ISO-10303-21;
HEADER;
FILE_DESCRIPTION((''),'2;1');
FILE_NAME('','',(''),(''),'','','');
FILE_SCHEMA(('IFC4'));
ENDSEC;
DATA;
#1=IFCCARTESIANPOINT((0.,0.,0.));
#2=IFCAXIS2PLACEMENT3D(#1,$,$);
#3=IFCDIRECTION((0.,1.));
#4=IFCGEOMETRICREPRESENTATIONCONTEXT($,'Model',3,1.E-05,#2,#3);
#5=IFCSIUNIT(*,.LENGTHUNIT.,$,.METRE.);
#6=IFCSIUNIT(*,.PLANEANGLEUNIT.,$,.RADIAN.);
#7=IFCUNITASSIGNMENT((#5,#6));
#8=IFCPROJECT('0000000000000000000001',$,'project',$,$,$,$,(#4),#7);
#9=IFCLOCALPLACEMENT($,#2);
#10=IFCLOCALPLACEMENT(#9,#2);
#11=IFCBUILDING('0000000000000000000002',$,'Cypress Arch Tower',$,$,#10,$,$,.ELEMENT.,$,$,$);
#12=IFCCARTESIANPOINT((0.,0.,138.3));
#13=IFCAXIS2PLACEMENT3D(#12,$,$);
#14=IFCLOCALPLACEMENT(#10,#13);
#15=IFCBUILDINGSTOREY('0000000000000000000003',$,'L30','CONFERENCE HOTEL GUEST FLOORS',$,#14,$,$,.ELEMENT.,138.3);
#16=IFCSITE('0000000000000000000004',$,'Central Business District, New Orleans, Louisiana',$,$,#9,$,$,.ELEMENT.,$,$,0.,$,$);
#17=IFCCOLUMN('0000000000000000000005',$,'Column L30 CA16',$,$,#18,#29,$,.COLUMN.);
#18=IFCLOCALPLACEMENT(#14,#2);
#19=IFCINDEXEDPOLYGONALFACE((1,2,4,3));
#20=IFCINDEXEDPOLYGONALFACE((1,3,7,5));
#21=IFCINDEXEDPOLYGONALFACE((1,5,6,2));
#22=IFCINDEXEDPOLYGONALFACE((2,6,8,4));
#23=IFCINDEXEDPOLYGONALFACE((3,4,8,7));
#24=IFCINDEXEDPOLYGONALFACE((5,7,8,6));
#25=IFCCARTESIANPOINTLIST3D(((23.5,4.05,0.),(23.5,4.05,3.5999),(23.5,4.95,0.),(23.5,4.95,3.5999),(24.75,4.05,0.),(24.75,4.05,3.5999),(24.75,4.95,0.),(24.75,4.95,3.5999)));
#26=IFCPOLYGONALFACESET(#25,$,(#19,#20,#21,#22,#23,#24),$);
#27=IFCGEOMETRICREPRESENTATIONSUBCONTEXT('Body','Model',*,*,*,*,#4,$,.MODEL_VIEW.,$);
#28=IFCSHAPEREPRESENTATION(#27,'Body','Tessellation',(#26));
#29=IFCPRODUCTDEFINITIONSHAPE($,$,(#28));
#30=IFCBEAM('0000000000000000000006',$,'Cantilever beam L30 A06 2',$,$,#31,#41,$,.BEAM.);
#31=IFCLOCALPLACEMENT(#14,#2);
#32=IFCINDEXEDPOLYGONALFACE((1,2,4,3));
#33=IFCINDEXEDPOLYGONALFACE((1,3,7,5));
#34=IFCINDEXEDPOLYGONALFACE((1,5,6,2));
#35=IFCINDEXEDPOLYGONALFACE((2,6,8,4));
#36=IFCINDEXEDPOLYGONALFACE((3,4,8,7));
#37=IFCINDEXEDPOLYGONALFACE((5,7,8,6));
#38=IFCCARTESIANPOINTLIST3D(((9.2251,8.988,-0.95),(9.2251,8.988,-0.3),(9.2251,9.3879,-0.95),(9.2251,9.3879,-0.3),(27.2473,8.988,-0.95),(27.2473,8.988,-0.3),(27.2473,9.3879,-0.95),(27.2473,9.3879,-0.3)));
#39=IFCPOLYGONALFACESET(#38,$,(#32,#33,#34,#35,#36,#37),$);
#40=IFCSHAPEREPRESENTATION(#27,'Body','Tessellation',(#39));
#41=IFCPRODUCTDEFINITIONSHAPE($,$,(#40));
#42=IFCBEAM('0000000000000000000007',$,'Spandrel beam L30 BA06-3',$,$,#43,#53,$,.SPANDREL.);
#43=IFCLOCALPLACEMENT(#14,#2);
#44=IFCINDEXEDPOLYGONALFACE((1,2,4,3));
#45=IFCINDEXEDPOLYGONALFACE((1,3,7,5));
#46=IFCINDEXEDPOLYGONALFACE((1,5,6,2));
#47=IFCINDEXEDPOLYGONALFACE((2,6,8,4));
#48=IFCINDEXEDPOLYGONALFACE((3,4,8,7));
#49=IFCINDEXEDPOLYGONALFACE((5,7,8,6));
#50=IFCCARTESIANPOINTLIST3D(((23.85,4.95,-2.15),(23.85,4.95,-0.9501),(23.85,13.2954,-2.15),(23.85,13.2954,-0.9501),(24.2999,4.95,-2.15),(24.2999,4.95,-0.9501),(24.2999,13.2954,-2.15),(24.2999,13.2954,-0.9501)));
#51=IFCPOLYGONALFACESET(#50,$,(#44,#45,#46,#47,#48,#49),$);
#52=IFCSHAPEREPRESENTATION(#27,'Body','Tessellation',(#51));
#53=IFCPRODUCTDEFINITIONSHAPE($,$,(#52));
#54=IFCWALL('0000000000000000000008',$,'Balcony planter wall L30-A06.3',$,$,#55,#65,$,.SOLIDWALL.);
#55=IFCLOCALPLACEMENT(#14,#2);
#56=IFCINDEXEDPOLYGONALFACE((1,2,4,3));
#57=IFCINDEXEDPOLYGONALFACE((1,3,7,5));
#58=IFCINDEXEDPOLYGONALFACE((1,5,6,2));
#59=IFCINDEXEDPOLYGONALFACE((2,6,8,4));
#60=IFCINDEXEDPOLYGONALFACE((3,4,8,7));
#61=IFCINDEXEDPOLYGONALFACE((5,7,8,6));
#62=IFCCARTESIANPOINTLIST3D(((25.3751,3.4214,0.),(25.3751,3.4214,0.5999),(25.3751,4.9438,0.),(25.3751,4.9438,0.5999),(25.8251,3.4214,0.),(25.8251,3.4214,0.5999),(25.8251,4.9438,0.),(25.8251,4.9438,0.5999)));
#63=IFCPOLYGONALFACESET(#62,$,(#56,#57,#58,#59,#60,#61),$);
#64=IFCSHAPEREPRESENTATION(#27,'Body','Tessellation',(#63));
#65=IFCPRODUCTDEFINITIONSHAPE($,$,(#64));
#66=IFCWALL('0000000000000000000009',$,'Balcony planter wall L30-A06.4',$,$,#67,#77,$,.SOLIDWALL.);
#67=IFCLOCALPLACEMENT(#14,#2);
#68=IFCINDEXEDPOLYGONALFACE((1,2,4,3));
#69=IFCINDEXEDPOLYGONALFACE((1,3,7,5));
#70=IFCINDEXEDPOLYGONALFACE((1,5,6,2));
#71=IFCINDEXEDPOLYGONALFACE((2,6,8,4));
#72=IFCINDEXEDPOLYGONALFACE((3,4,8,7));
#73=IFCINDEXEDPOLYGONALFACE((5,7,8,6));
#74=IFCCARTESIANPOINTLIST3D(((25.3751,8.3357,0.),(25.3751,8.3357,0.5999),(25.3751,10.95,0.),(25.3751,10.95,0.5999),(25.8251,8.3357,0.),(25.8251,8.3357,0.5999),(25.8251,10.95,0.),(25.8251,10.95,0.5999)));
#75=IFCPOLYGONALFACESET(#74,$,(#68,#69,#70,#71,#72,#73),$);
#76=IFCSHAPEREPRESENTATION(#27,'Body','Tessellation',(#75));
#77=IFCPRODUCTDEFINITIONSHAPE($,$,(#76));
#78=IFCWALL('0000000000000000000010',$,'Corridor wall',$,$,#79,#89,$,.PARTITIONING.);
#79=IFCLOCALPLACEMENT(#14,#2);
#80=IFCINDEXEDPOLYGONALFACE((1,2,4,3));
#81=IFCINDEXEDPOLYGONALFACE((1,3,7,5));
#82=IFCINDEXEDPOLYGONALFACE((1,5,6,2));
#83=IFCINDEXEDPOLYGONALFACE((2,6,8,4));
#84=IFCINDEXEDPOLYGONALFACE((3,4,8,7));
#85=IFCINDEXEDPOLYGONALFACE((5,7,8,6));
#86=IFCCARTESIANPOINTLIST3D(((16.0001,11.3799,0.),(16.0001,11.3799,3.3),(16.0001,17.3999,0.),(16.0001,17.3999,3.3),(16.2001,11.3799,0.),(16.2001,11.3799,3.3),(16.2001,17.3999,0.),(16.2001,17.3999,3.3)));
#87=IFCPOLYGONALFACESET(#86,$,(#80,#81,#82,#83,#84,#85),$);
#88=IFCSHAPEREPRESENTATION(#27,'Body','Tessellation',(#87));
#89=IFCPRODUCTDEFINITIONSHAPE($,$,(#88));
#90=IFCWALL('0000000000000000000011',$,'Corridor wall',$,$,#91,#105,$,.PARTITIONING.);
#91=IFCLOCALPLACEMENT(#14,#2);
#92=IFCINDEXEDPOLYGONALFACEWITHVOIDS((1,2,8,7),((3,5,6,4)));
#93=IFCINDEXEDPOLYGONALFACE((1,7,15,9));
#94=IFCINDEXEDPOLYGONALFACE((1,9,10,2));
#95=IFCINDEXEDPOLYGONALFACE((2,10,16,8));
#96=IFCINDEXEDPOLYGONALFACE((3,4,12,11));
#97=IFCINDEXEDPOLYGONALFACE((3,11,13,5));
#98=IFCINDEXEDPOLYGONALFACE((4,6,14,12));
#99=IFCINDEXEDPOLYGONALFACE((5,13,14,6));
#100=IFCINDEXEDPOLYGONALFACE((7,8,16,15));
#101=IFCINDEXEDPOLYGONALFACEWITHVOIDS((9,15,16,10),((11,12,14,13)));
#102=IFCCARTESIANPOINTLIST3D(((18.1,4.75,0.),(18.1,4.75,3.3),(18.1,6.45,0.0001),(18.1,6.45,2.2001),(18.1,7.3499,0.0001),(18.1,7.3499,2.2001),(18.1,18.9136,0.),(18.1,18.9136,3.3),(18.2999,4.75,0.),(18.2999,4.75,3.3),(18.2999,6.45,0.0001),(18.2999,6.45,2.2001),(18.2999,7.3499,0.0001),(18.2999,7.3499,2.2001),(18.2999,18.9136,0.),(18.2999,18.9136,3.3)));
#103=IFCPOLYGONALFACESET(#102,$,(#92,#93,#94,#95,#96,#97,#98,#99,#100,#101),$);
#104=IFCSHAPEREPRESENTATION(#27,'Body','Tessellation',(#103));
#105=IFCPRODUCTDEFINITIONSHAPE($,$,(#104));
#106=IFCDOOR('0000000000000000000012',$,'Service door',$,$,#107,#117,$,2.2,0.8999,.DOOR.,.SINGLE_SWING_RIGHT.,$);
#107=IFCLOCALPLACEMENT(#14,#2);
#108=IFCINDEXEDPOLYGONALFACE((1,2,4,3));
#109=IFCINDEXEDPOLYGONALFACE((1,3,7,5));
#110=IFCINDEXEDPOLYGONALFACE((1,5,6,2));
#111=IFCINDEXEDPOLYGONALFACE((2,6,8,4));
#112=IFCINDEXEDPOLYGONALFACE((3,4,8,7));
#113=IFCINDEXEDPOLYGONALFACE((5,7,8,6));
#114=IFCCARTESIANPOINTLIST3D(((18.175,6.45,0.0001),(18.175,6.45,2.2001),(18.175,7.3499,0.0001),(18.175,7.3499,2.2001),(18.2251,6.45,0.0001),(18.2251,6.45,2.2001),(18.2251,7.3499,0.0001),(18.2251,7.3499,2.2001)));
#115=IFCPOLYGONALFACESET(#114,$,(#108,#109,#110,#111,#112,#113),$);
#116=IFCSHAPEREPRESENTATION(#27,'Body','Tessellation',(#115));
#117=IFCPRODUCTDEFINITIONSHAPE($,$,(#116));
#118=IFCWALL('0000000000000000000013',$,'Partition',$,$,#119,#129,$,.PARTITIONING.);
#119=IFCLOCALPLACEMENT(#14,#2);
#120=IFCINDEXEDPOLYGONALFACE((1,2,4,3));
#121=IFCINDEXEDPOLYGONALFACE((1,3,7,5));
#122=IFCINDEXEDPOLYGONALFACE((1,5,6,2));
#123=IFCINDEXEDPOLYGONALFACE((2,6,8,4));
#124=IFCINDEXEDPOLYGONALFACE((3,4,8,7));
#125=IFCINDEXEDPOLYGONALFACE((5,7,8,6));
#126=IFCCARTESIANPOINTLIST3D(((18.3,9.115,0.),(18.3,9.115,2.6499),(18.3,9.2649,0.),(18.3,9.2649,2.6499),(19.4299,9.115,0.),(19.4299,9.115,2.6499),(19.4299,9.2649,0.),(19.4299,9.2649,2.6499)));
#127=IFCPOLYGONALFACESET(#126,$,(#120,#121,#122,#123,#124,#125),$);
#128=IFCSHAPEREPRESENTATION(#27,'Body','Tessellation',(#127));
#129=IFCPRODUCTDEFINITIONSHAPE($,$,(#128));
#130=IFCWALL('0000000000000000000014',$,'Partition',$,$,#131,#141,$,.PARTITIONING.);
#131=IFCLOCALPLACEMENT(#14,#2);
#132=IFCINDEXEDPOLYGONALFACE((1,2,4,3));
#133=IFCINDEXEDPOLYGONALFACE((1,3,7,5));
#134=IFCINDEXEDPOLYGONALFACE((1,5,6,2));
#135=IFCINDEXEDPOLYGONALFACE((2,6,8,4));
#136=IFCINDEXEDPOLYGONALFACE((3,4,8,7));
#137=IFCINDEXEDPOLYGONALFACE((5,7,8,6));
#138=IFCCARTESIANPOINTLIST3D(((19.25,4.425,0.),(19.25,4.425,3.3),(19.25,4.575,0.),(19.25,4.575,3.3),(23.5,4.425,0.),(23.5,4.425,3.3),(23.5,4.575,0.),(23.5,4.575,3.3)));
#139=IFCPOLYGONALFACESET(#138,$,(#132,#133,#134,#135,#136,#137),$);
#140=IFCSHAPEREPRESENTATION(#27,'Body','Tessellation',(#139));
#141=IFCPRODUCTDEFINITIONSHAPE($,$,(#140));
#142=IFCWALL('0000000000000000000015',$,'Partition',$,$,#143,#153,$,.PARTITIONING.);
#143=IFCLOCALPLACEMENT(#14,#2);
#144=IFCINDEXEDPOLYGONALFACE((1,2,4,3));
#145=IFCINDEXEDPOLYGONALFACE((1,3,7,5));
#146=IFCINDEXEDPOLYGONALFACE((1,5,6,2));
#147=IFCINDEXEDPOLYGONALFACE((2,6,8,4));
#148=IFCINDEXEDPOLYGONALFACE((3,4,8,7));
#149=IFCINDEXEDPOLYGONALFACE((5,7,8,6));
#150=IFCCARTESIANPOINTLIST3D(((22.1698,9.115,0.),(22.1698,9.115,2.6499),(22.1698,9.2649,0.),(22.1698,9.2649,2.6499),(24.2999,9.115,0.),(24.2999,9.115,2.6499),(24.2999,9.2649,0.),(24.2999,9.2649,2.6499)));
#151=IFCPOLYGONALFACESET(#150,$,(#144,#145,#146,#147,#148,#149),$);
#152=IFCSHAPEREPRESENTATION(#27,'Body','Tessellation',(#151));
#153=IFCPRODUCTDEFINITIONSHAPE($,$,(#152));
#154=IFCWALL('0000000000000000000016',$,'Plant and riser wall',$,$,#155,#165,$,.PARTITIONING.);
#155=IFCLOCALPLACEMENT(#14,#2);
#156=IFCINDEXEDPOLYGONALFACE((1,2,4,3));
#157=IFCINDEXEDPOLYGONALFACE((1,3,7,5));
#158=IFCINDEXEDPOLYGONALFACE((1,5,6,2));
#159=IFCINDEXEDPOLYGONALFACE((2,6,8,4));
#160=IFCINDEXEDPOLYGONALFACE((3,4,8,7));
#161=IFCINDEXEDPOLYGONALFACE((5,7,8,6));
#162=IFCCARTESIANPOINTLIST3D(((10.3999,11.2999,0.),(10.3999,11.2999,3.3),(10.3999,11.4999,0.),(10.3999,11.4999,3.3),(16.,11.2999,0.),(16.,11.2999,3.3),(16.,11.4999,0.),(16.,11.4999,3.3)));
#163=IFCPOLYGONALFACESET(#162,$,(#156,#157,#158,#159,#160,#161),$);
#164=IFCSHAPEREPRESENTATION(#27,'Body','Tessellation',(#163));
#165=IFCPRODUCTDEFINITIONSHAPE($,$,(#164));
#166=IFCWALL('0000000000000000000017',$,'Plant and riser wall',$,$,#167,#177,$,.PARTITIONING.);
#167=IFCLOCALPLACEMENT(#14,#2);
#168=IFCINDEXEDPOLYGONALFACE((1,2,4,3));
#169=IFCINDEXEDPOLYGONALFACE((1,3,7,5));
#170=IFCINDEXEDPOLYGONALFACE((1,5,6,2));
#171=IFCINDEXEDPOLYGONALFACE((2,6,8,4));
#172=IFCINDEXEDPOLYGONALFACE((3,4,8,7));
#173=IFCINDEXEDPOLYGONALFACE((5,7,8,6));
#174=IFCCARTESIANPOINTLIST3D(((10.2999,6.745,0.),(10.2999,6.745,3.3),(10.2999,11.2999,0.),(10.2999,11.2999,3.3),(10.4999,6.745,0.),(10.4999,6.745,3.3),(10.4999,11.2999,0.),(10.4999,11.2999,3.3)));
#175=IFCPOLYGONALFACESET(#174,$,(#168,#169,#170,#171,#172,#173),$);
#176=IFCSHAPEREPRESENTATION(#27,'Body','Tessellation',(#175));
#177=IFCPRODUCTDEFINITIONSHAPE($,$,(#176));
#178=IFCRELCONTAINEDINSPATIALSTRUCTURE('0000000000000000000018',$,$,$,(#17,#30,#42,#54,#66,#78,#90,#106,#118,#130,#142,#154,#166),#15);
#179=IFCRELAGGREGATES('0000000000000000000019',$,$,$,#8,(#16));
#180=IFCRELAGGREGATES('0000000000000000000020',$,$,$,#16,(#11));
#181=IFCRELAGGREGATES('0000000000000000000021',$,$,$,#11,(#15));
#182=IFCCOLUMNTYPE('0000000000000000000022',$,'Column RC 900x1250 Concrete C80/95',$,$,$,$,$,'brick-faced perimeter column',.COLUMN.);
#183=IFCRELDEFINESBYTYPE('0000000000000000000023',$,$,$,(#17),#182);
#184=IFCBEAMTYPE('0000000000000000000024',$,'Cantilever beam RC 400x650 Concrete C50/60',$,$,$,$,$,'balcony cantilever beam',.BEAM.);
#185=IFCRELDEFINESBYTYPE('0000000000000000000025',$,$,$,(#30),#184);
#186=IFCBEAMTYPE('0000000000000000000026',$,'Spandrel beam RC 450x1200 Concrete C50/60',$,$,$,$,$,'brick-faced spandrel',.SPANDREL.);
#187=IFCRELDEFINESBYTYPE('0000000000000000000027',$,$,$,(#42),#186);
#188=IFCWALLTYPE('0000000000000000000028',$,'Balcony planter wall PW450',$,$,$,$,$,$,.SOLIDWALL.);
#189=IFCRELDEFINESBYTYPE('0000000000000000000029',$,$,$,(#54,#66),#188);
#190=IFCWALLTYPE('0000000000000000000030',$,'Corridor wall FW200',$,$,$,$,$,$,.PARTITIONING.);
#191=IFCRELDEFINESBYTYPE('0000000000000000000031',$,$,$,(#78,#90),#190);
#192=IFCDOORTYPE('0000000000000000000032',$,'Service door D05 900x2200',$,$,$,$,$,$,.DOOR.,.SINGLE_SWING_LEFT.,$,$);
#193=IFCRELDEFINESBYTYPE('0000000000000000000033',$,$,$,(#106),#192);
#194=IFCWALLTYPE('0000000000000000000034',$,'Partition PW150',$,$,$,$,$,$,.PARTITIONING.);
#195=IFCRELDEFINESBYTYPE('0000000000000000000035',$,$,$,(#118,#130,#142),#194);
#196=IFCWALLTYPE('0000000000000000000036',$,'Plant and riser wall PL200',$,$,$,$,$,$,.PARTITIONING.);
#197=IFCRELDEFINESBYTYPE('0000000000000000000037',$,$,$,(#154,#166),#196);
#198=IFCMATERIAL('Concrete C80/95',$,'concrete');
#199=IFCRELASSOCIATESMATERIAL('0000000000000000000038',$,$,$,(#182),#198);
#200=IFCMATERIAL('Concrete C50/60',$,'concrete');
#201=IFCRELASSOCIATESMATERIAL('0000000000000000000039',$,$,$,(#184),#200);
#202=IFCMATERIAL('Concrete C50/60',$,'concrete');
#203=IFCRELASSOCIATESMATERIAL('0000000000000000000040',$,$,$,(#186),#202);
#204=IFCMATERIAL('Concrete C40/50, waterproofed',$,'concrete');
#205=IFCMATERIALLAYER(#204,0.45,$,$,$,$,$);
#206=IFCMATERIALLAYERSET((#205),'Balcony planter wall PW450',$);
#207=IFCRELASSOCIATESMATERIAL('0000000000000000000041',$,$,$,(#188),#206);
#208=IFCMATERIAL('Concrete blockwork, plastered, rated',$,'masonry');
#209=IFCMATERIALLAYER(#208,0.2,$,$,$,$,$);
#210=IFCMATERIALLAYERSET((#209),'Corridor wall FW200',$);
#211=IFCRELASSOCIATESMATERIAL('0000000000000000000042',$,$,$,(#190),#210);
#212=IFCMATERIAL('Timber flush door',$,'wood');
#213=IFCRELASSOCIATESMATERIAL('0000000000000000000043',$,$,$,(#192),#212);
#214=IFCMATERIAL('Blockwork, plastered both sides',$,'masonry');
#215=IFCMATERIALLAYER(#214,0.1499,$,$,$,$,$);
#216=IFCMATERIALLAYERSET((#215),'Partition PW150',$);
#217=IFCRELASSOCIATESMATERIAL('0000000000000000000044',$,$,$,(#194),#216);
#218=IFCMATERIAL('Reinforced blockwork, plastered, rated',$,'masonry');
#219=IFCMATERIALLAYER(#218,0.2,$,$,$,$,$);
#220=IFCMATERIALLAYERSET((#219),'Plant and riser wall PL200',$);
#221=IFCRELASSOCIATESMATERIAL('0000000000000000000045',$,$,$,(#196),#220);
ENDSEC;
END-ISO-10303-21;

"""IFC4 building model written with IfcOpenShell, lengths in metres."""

from ifc_helpers import new_model, si_unit, direction, frame, frame_2d, origin, origin_2d, place, context, subcontext, project, spatial, rectangle, extrude, material, layer, layer_set, material_profile, profile_set, type_object, element, fill, save


model = new_model("IFC4")

# Units and contexts
model_context = context("Model", 3, precision=1e-05, world=origin(), true_north=direction((0.0, 1.0)))
body_context = subcontext(model_context, "Body", "Model", "MODEL_VIEW")
ifc_project = project(units=[si_unit("LENGTHUNIT", "METRE"), si_unit("PLANEANGLEUNIT", "RADIAN")], contexts=[model_context])

# Site, building, storey
site_placement = place(None, origin())
site = spatial("IfcSite", under=ifc_project, at=site_placement, Name="Central Business District, New Orleans, Louisiana", CompositionType="ELEMENT", RefElevation=0.0)
building_placement = place(site_placement, origin())
building = spatial("IfcBuilding", under=site, at=building_placement, Name="Cypress Arch Tower", CompositionType="ELEMENT")
storey_placement = place(building_placement, frame((0.0, 0.0, 138.3)))
storey = spatial("IfcBuildingStorey", under=building, at=storey_placement, Name="L30", Description="CONFERENCE HOTEL GUEST FLOORS", CompositionType="ELEMENT", Elevation=138.3)

# Column
ifc_material_1 = material(Name="Concrete C80/95", Category="concrete")
ifc_material_profile_1 = material_profile(ifc_material_1, rectangle(XDim=0.8999, YDim=1.25, at=origin_2d()), Name="RC 900x1250")
ifc_profile_set_1 = profile_set([ifc_material_profile_1], Name="Concrete C80/95")
column_type = type_object("IfcColumnType", Name="Column RC 900x1250 Concrete C80/95", ElementType="brick-faced perimeter column", PredefinedType="COLUMN", material=ifc_profile_set_1)
column_placement = place(storey_placement, frame((24.125, 4.5, 0.0), z_axis=(0.0, 0.0, 1.0), x_axis=(0.0, 1.0, 0.0)))
element("IfcColumn", 1, at=column_placement, inside=storey, type_object=column_type, Name="Column L30 CA16", PredefinedType="COLUMN", context=body_context, shape_type="SweptSolid", body=[
    extrude(rectangle(XDim=0.8999, YDim=1.25, at=origin_2d()), origin(), (0.0, 0.0, 1.0), 3.5999),
])

# Beams
ifc_material_2 = material(Name="Concrete C50/60", Category="concrete")
ifc_material_profile_2 = material_profile(ifc_material_2, rectangle(XDim=0.3999, YDim=0.6499, at=origin_2d()), Name="RC 400x650")
ifc_profile_set_2 = profile_set([ifc_material_profile_2], Name="Concrete C50/60")
beam_type_1 = type_object("IfcBeamType", Name="Cantilever beam RC 400x650 Concrete C50/60", ElementType="balcony cantilever beam", PredefinedType="BEAM", material=ifc_profile_set_2)
beam_1_placement = place(storey_placement, frame((9.2251, 9.188, -0.625), z_axis=(1.0, 0.0, 0.0), x_axis=(0.0, 1.0, 0.0)))
element("IfcBeam", 2, at=beam_1_placement, inside=storey, type_object=beam_type_1, Name="Cantilever beam L30 A06 2", PredefinedType="BEAM", context=body_context, shape_type="SweptSolid", body=[
    extrude(rectangle(XDim=0.3999, YDim=0.6499, at=origin_2d()), origin(), (0.0, 0.0, 1.0), 18.0222),
])
ifc_material_3 = material(Name="Concrete C50/60", Category="concrete")
ifc_material_profile_3 = material_profile(ifc_material_3, rectangle(XDim=0.45, YDim=1.2, at=origin_2d()), Name="RC 450x1200")
ifc_profile_set_3 = profile_set([ifc_material_profile_3], Name="Concrete C50/60")
beam_type_2 = type_object("IfcBeamType", Name="Spandrel beam RC 450x1200 Concrete C50/60", ElementType="brick-faced spandrel", PredefinedType="SPANDREL", material=ifc_profile_set_3)
beam_2_placement = place(storey_placement, frame((24.075, 4.95, -1.55), z_axis=(0.0, 1.0, 0.0), x_axis=(-1.0, 0.0, 0.0)))
element("IfcBeam", 3, at=beam_2_placement, inside=storey, type_object=beam_type_2, Name="Spandrel beam L30 BA06-3", PredefinedType="SPANDREL", context=body_context, shape_type="SweptSolid", body=[
    extrude(rectangle(XDim=0.45, YDim=1.2, at=origin_2d()), origin(), (0.0, 0.0, 1.0), 8.3455),
])

# Walls
ifc_material_4 = material(Name="Concrete C40/50, waterproofed", Category="concrete")
ifc_layer_1 = layer(ifc_material_4, 0.45)
ifc_layer_set_1 = layer_set([ifc_layer_1], Name="Balcony planter wall PW450")
wall_type_1 = type_object("IfcWallType", Name="Balcony planter wall PW450", PredefinedType="SOLIDWALL", material=ifc_layer_set_1)
wall_1_placement = place(storey_placement, frame((25.6001, 3.4214, 0.0), z_axis=(0.0, 0.0, 1.0), x_axis=(0.0, 1.0, 0.0)))
element("IfcWall", 4, at=wall_1_placement, inside=storey, type_object=wall_type_1, Name="Balcony planter wall L30-A06.3", PredefinedType="SOLIDWALL", context=body_context, shape_type="SweptSolid", body=[
    extrude(rectangle(XDim=1.5225, YDim=0.45, at=frame_2d((0.7612, 0.0))), origin(), (0.0, 0.0, 1.0), 0.5999),
])
wall_2_placement = place(storey_placement, frame((25.6001, 8.3357, 0.0), z_axis=(0.0, 0.0, 1.0), x_axis=(0.0, 1.0, 0.0)))
element("IfcWall", 5, at=wall_2_placement, inside=storey, type_object=wall_type_1, Name="Balcony planter wall L30-A06.4", PredefinedType="SOLIDWALL", context=body_context, shape_type="SweptSolid", body=[
    extrude(rectangle(XDim=2.6143, YDim=0.45, at=frame_2d((1.3071, 0.0))), origin(), (0.0, 0.0, 1.0), 0.5999),
])

# Wall
ifc_material_5 = material(Name="Concrete blockwork, plastered, rated", Category="masonry")
ifc_layer_2 = layer(ifc_material_5, 0.2)
ifc_layer_set_2 = layer_set([ifc_layer_2], Name="Corridor wall FW200")
wall_type_2 = type_object("IfcWallType", Name="Corridor wall FW200", PredefinedType="PARTITIONING", material=ifc_layer_set_2)
wall_3_placement = place(storey_placement, frame((16.1001, 11.3799, 0.0), z_axis=(0.0, 0.0, 1.0), x_axis=(0.0, 1.0, 0.0)))
element("IfcWall", 6, at=wall_3_placement, inside=storey, type_object=wall_type_2, Name="Corridor wall", PredefinedType="PARTITIONING", context=body_context, shape_type="SweptSolid", body=[
    extrude(rectangle(XDim=6.02, YDim=0.2, at=frame_2d((3.01, 0.0))), origin(), (0.0, 0.0, 1.0), 3.3),
])

# Wall, opening, door
wall_4_placement = place(storey_placement, frame((18.2, 4.75, 0.0), z_axis=(0.0, 0.0, 1.0), x_axis=(0.0, 1.0, 0.0)))
wall_4 = element("IfcWall", 7, at=wall_4_placement, inside=storey, type_object=wall_type_2, Name="Corridor wall", PredefinedType="PARTITIONING", context=body_context, shape_type="SweptSolid", body=[
    extrude(rectangle(XDim=14.1636, YDim=0.2, at=frame_2d((7.0818, 0.0))), origin(), (0.0, 0.0, 1.0), 3.3),
])
opening_1_placement = place(wall_4_placement, frame((1.7, 0.0, 0.0)))
opening_1 = element("IfcOpeningElement", 8, at=opening_1_placement, cuts=wall_4, PredefinedType="OPENING", context=body_context, shape_type="SweptSolid", body=[
    extrude(rectangle(XDim=0.8999, YDim=2.2, at=frame_2d((0.45, 1.1001))), frame((0.0, 0.1099, 0.0), z_axis=(0.0, -1.0, 0.0), x_axis=(1.0, 0.0, 0.0)), (0.0, 0.0, 1.0), 0.22),
])
ifc_material_6 = material(Name="Timber flush door", Category="wood")
door_type_1 = type_object("IfcDoorType", Name="Service door D05 900x2200", OperationType="SINGLE_SWING_LEFT", PredefinedType="DOOR", material=ifc_material_6)
door_1_placement = place(opening_1_placement, origin())
door_1 = element("IfcDoor", 9, at=door_1_placement, inside=storey, type_object=door_type_1, Name="Service door", OperationType="SINGLE_SWING_RIGHT", OverallHeight=2.2, OverallWidth=0.8999, PredefinedType="DOOR", context=body_context, shape_type="SweptSolid", body=[
    extrude(rectangle(XDim=0.8999, YDim=2.2, at=frame_2d((0.45, 1.1001))), frame((0.0, 0.0249, 0.0), z_axis=(0.0, -1.0, 0.0), x_axis=(1.0, 0.0, 0.0)), (0.0, 0.0, 1.0), 0.05),
])
fill(opening_1, door_1)

# Walls
ifc_material_7 = material(Name="Blockwork, plastered both sides", Category="masonry")
ifc_layer_3 = layer(ifc_material_7, 0.1499)
ifc_layer_set_3 = layer_set([ifc_layer_3], Name="Partition PW150")
wall_type_3 = type_object("IfcWallType", Name="Partition PW150", PredefinedType="PARTITIONING", material=ifc_layer_set_3)
wall_5_placement = place(storey_placement, frame((18.3, 9.1899, 0.0), z_axis=(0.0, 0.0, 1.0), x_axis=(1.0, 0.0, 0.0)))
element("IfcWall", 10, at=wall_5_placement, inside=storey, type_object=wall_type_3, Name="Partition", PredefinedType="PARTITIONING", context=body_context, shape_type="SweptSolid", body=[
    extrude(rectangle(XDim=1.1299, YDim=0.1499, at=frame_2d((0.5649, 0.0))), origin(), (0.0, 0.0, 1.0), 2.6499),
])
wall_6_placement = place(storey_placement, frame((19.25, 4.5, 0.0), z_axis=(0.0, 0.0, 1.0), x_axis=(1.0, 0.0, 0.0)))
element("IfcWall", 11, at=wall_6_placement, inside=storey, type_object=wall_type_3, Name="Partition", PredefinedType="PARTITIONING", context=body_context, shape_type="SweptSolid", body=[
    extrude(rectangle(XDim=4.25, YDim=0.1499, at=frame_2d((2.125, 0.0))), origin(), (0.0, 0.0, 1.0), 3.3),
])
wall_7_placement = place(storey_placement, frame((22.1699, 9.1899, 0.0), z_axis=(0.0, 0.0, 1.0), x_axis=(1.0, 0.0, 0.0)))
element("IfcWall", 12, at=wall_7_placement, inside=storey, type_object=wall_type_3, Name="Partition", PredefinedType="PARTITIONING", context=body_context, shape_type="SweptSolid", body=[
    extrude(rectangle(XDim=2.1301, YDim=0.1499, at=frame_2d((1.0649, 0.0))), origin(), (0.0, 0.0, 1.0), 2.6499),
])
ifc_material_8 = material(Name="Reinforced blockwork, plastered, rated", Category="masonry")
ifc_layer_4 = layer(ifc_material_8, 0.2)
ifc_layer_set_4 = layer_set([ifc_layer_4], Name="Plant and riser wall PL200")
wall_type_4 = type_object("IfcWallType", Name="Plant and riser wall PL200", PredefinedType="PARTITIONING", material=ifc_layer_set_4)
wall_8_placement = place(storey_placement, frame((10.3999, 11.3999, 0.0), z_axis=(0.0, 0.0, 1.0), x_axis=(1.0, 0.0, 0.0)))
element("IfcWall", 13, at=wall_8_placement, inside=storey, type_object=wall_type_4, Name="Plant and riser wall", PredefinedType="PARTITIONING", context=body_context, shape_type="SweptSolid", body=[
    extrude(rectangle(XDim=5.6001, YDim=0.2, at=frame_2d((2.8, 0.0))), origin(), (0.0, 0.0, 1.0), 3.3),
])
wall_9_placement = place(storey_placement, frame((10.3999, 6.7451, 0.0), z_axis=(0.0, 0.0, 1.0), x_axis=(0.0, 1.0, 0.0)))
element("IfcWall", 14, at=wall_9_placement, inside=storey, type_object=wall_type_4, Name="Plant and riser wall", PredefinedType="PARTITIONING", context=body_context, shape_type="SweptSolid", body=[
    extrude(rectangle(XDim=4.5549, YDim=0.2, at=frame_2d((2.2773, 0.0))), origin(), (0.0, 0.0, 1.0), 3.3),
])

save(model, "model.ifc")
